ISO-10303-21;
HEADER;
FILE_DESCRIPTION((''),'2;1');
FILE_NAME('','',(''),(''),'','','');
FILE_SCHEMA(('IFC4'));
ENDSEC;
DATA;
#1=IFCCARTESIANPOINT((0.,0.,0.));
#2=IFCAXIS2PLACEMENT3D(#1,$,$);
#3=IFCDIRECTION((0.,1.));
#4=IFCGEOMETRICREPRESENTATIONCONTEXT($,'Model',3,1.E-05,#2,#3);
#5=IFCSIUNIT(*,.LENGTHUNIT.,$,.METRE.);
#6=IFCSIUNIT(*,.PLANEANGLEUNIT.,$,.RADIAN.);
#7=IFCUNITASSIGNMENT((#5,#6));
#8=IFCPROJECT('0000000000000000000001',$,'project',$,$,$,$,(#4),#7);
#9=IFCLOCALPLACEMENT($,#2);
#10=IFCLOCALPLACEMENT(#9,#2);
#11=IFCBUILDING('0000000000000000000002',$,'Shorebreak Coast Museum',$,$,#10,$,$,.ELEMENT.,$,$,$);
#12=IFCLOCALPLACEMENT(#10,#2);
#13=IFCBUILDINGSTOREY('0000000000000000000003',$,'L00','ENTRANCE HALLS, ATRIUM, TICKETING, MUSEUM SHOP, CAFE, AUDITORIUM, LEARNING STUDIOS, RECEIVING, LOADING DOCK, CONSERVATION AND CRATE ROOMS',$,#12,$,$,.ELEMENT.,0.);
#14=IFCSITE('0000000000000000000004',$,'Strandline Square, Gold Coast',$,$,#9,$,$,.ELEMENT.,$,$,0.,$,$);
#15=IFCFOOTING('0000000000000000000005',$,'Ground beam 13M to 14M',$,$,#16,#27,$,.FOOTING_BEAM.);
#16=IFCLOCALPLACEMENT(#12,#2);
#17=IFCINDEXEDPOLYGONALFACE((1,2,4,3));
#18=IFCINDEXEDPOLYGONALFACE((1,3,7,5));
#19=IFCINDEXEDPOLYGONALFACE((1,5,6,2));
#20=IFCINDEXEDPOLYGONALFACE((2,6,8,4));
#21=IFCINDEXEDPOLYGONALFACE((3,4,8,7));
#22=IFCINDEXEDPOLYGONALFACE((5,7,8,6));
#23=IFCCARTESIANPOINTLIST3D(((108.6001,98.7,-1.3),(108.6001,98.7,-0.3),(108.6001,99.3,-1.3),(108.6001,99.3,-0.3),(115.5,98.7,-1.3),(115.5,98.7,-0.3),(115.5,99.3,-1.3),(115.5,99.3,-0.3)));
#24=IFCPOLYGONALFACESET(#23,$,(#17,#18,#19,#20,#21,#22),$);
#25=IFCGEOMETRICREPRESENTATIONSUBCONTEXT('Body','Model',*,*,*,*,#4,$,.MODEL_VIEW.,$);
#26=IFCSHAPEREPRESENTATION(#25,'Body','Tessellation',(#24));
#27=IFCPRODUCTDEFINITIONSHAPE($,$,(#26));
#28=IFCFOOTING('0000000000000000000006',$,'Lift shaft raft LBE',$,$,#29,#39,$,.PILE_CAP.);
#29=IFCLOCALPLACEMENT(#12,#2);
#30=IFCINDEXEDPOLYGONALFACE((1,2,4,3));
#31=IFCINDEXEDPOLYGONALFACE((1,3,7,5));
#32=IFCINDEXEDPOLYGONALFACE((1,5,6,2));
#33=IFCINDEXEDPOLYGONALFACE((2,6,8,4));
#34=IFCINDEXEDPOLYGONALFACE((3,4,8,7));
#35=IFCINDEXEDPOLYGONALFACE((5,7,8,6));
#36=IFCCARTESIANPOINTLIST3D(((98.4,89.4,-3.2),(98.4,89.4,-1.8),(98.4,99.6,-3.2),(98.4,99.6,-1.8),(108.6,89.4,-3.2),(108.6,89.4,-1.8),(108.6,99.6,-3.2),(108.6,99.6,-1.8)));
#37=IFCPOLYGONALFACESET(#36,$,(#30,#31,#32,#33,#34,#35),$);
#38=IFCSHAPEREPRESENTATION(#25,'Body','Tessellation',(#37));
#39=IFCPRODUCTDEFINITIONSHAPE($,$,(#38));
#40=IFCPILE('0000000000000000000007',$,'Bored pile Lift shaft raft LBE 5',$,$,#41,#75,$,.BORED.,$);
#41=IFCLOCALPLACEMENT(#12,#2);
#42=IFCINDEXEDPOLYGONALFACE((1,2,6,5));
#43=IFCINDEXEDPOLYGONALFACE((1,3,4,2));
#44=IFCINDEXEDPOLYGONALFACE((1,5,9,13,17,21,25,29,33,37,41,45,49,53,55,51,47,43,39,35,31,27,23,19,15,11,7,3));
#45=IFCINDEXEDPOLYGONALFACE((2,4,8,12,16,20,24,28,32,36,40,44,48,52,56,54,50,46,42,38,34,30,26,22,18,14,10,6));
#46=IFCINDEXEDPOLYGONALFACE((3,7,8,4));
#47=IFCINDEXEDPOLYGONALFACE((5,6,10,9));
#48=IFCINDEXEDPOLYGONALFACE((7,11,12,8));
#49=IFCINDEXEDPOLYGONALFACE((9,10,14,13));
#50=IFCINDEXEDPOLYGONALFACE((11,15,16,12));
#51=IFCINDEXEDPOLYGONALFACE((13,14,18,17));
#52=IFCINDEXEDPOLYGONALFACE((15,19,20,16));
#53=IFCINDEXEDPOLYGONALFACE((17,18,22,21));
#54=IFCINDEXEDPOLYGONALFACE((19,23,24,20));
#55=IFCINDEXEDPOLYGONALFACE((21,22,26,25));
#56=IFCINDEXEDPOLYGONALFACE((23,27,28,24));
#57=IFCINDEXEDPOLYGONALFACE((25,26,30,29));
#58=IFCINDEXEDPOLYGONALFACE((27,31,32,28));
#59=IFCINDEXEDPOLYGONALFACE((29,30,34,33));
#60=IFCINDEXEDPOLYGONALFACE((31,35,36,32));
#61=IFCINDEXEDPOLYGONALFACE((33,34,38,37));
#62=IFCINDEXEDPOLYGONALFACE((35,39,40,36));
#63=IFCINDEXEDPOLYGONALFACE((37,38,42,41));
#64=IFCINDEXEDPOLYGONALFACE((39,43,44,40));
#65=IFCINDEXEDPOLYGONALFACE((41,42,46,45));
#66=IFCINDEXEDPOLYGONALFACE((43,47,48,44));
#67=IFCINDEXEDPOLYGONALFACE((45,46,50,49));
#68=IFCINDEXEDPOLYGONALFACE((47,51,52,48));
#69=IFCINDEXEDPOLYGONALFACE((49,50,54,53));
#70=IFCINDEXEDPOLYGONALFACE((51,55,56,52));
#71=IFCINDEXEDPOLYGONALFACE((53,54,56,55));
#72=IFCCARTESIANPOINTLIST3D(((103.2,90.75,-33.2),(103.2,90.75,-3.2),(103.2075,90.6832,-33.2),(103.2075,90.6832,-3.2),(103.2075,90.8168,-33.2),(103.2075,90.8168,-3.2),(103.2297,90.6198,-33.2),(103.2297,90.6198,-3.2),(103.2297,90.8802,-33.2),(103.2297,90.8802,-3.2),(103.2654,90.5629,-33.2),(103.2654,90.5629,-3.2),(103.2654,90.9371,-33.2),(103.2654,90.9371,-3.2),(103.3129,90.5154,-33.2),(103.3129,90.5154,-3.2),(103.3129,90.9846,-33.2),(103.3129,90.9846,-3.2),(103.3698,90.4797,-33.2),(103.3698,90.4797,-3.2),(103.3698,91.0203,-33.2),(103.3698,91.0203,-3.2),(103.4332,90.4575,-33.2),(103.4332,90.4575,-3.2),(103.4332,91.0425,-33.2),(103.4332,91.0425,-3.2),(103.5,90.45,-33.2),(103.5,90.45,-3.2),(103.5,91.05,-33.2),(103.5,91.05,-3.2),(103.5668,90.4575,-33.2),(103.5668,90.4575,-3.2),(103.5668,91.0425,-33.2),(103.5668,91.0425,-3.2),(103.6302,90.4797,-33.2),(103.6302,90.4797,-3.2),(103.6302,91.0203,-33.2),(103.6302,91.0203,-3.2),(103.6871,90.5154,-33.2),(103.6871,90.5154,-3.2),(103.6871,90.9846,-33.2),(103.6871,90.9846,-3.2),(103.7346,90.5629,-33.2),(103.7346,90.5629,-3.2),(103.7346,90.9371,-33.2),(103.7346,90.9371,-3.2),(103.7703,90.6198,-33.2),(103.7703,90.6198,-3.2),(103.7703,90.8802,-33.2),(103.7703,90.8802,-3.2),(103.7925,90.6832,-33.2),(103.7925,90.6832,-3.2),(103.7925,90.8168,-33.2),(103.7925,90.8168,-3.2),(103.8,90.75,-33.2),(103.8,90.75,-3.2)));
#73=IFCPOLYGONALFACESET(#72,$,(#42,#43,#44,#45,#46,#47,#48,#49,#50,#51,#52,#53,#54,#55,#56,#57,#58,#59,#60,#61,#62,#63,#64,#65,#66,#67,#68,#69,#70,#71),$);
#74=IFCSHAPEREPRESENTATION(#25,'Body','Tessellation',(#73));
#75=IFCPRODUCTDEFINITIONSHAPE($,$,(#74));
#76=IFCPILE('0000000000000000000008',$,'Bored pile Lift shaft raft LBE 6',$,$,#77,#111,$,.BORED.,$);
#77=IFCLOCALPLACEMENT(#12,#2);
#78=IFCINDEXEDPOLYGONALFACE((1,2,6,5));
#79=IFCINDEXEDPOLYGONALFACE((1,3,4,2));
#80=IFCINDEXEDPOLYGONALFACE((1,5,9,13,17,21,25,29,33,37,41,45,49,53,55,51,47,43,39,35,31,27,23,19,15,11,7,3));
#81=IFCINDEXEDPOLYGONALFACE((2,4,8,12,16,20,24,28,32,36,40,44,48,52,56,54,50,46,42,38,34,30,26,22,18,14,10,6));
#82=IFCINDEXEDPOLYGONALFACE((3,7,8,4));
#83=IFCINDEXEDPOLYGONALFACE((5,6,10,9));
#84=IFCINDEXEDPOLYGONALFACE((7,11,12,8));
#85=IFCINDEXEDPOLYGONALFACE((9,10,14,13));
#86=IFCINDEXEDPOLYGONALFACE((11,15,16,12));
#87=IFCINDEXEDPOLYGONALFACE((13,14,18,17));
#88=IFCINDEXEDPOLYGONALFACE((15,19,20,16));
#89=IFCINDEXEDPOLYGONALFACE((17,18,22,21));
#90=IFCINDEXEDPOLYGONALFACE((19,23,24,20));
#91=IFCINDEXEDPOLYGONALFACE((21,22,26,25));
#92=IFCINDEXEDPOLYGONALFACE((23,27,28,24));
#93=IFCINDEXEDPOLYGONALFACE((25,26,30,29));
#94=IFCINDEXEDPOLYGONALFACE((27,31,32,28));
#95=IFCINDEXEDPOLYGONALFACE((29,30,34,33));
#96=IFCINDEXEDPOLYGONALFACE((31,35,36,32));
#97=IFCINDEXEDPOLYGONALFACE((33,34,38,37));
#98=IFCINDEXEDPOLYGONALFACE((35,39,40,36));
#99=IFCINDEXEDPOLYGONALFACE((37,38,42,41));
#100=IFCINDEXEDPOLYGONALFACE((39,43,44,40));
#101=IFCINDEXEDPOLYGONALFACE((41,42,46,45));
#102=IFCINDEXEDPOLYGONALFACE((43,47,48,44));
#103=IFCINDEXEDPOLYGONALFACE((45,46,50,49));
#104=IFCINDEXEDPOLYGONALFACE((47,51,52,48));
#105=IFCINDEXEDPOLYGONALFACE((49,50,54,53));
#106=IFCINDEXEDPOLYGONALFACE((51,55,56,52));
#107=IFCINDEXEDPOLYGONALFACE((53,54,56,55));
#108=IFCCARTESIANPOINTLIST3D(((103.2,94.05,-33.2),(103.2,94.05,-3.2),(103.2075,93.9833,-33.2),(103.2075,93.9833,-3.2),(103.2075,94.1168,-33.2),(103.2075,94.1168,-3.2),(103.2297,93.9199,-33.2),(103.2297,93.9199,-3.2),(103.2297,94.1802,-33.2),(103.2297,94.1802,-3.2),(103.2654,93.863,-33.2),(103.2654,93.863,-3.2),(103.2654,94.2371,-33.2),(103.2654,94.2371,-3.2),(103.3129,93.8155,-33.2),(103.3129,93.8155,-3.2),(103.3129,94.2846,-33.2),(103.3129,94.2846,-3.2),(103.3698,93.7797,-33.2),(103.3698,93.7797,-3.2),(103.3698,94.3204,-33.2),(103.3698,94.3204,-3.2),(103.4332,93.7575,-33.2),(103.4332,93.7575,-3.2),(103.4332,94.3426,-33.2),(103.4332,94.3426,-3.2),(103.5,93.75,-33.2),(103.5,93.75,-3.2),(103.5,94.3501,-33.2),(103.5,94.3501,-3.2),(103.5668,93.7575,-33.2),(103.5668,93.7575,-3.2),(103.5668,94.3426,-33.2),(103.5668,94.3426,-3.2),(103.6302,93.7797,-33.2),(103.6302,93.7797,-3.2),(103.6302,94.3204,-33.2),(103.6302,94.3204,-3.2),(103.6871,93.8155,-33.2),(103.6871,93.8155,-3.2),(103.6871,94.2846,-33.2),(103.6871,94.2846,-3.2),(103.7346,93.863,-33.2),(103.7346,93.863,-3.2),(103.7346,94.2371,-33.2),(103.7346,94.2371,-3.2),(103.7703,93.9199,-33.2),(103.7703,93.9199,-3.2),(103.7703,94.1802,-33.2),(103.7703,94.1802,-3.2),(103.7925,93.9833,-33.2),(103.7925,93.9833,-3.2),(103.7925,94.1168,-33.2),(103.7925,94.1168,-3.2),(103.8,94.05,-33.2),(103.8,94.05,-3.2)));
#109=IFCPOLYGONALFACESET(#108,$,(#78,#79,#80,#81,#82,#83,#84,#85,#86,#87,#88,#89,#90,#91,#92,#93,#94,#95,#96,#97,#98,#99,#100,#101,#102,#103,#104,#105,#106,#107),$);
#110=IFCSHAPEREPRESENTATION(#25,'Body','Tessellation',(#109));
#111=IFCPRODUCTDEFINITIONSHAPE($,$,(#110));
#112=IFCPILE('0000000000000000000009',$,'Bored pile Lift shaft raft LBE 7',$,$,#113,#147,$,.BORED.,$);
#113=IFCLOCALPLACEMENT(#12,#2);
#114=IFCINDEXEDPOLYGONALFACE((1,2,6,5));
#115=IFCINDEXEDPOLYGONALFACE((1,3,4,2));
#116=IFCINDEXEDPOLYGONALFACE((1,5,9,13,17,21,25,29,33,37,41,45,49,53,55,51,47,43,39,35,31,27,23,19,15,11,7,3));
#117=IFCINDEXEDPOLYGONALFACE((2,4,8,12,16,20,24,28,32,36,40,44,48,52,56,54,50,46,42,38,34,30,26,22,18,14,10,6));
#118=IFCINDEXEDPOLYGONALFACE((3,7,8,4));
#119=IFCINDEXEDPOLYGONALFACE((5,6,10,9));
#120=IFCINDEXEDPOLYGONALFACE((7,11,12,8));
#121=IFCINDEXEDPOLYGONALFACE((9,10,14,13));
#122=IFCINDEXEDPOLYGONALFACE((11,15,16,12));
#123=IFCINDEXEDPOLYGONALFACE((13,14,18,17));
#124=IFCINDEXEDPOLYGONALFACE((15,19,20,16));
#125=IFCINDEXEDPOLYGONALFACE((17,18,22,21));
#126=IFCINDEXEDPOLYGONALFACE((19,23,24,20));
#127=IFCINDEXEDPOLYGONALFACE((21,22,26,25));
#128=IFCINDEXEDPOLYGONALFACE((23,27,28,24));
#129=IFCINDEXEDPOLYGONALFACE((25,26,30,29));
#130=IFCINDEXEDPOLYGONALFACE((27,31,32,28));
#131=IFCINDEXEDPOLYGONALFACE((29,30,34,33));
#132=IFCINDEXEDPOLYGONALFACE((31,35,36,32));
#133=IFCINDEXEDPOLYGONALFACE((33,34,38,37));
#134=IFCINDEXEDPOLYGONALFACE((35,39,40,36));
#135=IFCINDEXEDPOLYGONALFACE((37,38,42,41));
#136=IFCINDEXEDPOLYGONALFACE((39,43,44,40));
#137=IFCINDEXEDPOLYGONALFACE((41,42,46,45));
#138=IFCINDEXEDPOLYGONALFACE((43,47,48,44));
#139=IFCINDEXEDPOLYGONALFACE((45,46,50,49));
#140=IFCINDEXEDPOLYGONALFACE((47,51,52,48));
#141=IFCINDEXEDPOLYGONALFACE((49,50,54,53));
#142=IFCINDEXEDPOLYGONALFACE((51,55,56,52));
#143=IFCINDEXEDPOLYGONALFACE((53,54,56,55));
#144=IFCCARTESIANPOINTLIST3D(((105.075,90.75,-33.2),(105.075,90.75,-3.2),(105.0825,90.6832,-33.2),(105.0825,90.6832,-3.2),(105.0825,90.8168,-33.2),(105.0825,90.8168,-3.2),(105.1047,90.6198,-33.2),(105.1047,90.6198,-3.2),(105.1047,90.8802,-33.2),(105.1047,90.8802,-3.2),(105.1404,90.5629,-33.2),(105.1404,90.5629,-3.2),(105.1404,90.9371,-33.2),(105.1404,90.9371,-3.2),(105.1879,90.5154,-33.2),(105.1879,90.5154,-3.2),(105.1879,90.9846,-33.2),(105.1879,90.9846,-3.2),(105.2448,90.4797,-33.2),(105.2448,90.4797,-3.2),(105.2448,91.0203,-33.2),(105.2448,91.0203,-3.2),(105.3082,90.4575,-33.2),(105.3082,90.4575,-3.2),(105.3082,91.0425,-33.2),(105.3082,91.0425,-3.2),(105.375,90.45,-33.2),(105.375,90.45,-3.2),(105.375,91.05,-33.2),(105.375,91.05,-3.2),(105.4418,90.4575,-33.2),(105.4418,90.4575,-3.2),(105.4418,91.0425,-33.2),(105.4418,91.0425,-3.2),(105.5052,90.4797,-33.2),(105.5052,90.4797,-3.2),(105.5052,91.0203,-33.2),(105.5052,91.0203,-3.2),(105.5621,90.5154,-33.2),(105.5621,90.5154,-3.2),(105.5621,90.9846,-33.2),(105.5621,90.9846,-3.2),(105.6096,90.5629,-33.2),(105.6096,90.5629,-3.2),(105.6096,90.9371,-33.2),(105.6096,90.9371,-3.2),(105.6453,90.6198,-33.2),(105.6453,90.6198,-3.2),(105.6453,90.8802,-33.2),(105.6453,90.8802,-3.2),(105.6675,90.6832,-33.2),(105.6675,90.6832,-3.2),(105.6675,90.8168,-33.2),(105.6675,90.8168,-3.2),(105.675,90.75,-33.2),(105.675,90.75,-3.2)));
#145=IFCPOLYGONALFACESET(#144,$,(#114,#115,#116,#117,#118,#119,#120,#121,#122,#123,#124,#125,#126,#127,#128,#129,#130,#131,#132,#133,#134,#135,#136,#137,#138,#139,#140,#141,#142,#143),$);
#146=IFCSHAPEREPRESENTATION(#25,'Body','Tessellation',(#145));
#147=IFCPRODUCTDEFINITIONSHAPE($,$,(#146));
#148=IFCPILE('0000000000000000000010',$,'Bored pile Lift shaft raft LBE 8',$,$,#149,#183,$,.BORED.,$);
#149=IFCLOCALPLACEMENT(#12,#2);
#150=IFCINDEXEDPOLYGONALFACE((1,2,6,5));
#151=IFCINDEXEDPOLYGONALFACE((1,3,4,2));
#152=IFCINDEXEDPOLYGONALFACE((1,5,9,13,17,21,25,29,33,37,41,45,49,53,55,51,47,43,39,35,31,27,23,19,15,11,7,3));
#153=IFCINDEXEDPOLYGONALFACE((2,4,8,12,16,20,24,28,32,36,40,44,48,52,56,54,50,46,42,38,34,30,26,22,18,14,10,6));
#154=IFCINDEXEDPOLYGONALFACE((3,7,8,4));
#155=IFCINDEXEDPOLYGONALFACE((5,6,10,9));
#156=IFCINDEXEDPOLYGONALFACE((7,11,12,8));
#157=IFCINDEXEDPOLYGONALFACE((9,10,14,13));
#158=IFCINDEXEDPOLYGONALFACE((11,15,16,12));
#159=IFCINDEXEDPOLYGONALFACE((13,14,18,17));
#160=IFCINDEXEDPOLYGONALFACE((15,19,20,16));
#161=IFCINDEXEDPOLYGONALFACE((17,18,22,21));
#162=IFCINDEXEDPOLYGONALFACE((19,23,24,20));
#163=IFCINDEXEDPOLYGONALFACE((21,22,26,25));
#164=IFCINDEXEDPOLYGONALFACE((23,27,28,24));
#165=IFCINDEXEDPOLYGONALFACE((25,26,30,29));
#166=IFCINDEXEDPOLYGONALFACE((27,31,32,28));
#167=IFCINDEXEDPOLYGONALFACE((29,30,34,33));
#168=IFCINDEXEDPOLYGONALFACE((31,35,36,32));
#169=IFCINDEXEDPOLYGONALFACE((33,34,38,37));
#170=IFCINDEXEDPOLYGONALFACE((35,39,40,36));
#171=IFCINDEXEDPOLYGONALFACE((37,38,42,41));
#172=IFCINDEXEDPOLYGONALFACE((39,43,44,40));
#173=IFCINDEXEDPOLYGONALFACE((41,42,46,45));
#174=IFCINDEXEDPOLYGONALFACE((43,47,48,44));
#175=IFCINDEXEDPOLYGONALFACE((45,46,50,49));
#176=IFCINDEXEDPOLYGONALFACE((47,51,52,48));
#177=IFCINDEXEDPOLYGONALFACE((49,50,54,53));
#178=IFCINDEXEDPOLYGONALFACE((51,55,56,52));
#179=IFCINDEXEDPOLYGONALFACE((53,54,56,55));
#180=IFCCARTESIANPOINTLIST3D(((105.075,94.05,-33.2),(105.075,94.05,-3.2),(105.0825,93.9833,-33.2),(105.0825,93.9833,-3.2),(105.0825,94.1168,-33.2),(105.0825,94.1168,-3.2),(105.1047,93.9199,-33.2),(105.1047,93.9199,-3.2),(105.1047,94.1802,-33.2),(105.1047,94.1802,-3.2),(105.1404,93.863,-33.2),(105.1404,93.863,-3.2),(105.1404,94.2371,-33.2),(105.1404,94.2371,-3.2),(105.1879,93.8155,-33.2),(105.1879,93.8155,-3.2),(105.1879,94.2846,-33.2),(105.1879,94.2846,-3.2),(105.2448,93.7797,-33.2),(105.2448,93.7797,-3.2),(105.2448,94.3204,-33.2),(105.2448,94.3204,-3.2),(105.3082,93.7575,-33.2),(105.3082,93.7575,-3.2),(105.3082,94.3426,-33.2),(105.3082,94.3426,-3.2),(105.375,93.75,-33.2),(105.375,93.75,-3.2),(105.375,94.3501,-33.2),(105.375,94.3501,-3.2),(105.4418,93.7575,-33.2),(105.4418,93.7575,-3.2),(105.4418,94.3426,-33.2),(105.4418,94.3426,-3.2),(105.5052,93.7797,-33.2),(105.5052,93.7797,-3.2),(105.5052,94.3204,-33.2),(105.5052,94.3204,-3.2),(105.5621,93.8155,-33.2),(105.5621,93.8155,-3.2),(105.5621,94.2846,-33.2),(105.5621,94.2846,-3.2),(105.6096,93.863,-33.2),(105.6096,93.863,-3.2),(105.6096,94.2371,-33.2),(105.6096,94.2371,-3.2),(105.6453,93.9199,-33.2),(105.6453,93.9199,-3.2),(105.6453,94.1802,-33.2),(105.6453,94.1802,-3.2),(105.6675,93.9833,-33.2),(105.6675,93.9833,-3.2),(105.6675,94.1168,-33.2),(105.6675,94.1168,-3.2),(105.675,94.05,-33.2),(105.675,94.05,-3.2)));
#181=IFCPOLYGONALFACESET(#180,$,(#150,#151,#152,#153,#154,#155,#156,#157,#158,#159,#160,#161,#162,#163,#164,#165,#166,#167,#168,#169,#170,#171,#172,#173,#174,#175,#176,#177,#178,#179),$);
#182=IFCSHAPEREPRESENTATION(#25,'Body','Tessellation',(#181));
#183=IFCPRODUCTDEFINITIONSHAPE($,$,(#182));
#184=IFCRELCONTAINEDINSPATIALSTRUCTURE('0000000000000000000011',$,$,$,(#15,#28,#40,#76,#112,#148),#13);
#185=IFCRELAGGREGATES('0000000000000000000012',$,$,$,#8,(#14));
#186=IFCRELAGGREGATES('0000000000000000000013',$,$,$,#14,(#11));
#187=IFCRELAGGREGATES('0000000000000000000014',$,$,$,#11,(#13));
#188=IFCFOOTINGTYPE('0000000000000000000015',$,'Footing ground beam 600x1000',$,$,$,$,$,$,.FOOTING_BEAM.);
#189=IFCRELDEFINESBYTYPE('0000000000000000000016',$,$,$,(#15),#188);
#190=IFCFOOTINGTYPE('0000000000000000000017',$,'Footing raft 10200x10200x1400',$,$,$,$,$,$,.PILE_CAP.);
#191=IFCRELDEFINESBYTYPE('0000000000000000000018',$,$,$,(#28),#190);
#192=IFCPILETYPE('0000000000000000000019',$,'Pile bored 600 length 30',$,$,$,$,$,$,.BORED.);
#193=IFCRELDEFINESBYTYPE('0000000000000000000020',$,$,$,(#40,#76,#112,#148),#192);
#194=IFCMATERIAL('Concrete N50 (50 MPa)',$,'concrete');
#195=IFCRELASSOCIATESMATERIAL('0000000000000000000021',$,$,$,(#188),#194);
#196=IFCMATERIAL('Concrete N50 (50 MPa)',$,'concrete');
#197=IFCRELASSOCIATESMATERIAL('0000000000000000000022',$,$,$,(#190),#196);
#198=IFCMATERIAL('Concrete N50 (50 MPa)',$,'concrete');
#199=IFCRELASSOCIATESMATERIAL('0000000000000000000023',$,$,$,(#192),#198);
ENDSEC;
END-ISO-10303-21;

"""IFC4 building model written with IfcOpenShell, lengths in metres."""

from ifc_helpers import new_model, si_unit, direction, frame, origin, origin_2d, place, context, subcontext, project, spatial, rectangle, circle, extrude, material, material_profile, profile_set, type_object, element, save


model = new_model("IFC4")

# Units and contexts
model_context = context("Model", 3, precision=1e-05, world=origin(), true_north=direction((0.0, 1.0)))
body_context = subcontext(model_context, "Body", "Model", "MODEL_VIEW")
ifc_project = project(units=[si_unit("LENGTHUNIT", "METRE"), si_unit("PLANEANGLEUNIT", "RADIAN")], contexts=[model_context])

# Site, building, storey
site_placement = place(None, origin())
site = spatial("IfcSite", under=ifc_project, at=site_placement, Name="Strandline Square, Gold Coast", CompositionType="ELEMENT", RefElevation=0.0)
building_placement = place(site_placement, origin())
building = spatial("IfcBuilding", under=site, at=building_placement, Name="Shorebreak Coast Museum", CompositionType="ELEMENT")
storey_placement = place(building_placement, origin())
storey = spatial("IfcBuildingStorey", under=building, at=storey_placement, Name="L00", Description="ENTRANCE HALLS, ATRIUM, TICKETING, MUSEUM SHOP, CAFE, AUDITORIUM, LEARNING STUDIOS, RECEIVING, LOADING DOCK, CONSERVATION AND CRATE ROOMS", CompositionType="ELEMENT", Elevation=0.0)

# Footings
ifc_material_1 = material(Name="Concrete N50 (50 MPa)", Category="concrete")
footing_type_1 = type_object("IfcFootingType", Name="Footing ground beam 600x1000", PredefinedType="FOOTING_BEAM", material=ifc_material_1)
footing_1_placement = place(storey_placement, frame((112.05, 99.0, -1.3), z_axis=(0.0, 0.0, 1.0), x_axis=(1.0, 0.0, 0.0)))
element("IfcFooting", 1, at=footing_1_placement, inside=storey, type_object=footing_type_1, Name="Ground beam 13M to 14M", PredefinedType="FOOTING_BEAM", context=body_context, shape_type="SweptSolid", body=[
    extrude(rectangle(XDim=6.8999, YDim=0.6001, at=origin_2d()), origin(), (0.0, 0.0, 1.0), 1.0),
])
ifc_material_2 = material(Name="Concrete N50 (50 MPa)", Category="concrete")
footing_type_2 = type_object("IfcFootingType", Name="Footing raft 10200x10200x1400", PredefinedType="PILE_CAP", material=ifc_material_2)
footing_2_placement = place(storey_placement, frame((103.5, 94.5, -3.2), z_axis=(0.0, 0.0, 1.0), x_axis=(1.0, 0.0, 0.0)))
element("IfcFooting", 2, at=footing_2_placement, inside=storey, type_object=footing_type_2, Name="Lift shaft raft LBE", PredefinedType="PILE_CAP", context=body_context, shape_type="SweptSolid", body=[
    extrude(rectangle(XDim=10.2, YDim=10.2, at=origin_2d()), origin(), (0.0, 0.0, 1.0), 1.3999),
])

# Piles
ifc_material_3 = material(Name="Concrete N50 (50 MPa)", Category="concrete")
ifc_material_profile_1 = material_profile(ifc_material_3, circle(Radius=0.3, at=origin_2d()), Name="Pile bored 600 length 30")
ifc_profile_set_1 = profile_set([ifc_material_profile_1], Name="Concrete N50 (50 MPa)")
pile_type = type_object("IfcPileType", Name="Pile bored 600 length 30", PredefinedType="BORED", material=ifc_profile_set_1)
for number, where, z_axis, x_axis, name in (
    (3, (103.5, 90.75, -3.2), (0.0, 0.0, -1.0), (1.0, 0.0, 0.0), "Bored pile Lift shaft raft LBE 5"),
    (4, (103.5, 94.05, -3.2), (0.0, 0.0, -1.0), (1.0, 0.0, 0.0), "Bored pile Lift shaft raft LBE 6"),
    (5, (105.375, 90.75, -3.2), (0.0, 0.0, -1.0), (1.0, 0.0, 0.0), "Bored pile Lift shaft raft LBE 7"),
    (6, (105.375, 94.05, -3.2), (0.0, 0.0, -1.0), (1.0, 0.0, 0.0), "Bored pile Lift shaft raft LBE 8"),
):
    element("IfcPile", number, at=place(storey_placement, frame(where, z_axis=z_axis, x_axis=x_axis)), inside=storey, type_object=pile_type, Name=name, PredefinedType="BORED", context=body_context, shape_type="SweptSolid", body=[
        extrude(circle(Radius=0.3, at=origin_2d()), origin(), (0.0, 0.0, 1.0), 30.0),
    ])

save(model, "model.ifc")
